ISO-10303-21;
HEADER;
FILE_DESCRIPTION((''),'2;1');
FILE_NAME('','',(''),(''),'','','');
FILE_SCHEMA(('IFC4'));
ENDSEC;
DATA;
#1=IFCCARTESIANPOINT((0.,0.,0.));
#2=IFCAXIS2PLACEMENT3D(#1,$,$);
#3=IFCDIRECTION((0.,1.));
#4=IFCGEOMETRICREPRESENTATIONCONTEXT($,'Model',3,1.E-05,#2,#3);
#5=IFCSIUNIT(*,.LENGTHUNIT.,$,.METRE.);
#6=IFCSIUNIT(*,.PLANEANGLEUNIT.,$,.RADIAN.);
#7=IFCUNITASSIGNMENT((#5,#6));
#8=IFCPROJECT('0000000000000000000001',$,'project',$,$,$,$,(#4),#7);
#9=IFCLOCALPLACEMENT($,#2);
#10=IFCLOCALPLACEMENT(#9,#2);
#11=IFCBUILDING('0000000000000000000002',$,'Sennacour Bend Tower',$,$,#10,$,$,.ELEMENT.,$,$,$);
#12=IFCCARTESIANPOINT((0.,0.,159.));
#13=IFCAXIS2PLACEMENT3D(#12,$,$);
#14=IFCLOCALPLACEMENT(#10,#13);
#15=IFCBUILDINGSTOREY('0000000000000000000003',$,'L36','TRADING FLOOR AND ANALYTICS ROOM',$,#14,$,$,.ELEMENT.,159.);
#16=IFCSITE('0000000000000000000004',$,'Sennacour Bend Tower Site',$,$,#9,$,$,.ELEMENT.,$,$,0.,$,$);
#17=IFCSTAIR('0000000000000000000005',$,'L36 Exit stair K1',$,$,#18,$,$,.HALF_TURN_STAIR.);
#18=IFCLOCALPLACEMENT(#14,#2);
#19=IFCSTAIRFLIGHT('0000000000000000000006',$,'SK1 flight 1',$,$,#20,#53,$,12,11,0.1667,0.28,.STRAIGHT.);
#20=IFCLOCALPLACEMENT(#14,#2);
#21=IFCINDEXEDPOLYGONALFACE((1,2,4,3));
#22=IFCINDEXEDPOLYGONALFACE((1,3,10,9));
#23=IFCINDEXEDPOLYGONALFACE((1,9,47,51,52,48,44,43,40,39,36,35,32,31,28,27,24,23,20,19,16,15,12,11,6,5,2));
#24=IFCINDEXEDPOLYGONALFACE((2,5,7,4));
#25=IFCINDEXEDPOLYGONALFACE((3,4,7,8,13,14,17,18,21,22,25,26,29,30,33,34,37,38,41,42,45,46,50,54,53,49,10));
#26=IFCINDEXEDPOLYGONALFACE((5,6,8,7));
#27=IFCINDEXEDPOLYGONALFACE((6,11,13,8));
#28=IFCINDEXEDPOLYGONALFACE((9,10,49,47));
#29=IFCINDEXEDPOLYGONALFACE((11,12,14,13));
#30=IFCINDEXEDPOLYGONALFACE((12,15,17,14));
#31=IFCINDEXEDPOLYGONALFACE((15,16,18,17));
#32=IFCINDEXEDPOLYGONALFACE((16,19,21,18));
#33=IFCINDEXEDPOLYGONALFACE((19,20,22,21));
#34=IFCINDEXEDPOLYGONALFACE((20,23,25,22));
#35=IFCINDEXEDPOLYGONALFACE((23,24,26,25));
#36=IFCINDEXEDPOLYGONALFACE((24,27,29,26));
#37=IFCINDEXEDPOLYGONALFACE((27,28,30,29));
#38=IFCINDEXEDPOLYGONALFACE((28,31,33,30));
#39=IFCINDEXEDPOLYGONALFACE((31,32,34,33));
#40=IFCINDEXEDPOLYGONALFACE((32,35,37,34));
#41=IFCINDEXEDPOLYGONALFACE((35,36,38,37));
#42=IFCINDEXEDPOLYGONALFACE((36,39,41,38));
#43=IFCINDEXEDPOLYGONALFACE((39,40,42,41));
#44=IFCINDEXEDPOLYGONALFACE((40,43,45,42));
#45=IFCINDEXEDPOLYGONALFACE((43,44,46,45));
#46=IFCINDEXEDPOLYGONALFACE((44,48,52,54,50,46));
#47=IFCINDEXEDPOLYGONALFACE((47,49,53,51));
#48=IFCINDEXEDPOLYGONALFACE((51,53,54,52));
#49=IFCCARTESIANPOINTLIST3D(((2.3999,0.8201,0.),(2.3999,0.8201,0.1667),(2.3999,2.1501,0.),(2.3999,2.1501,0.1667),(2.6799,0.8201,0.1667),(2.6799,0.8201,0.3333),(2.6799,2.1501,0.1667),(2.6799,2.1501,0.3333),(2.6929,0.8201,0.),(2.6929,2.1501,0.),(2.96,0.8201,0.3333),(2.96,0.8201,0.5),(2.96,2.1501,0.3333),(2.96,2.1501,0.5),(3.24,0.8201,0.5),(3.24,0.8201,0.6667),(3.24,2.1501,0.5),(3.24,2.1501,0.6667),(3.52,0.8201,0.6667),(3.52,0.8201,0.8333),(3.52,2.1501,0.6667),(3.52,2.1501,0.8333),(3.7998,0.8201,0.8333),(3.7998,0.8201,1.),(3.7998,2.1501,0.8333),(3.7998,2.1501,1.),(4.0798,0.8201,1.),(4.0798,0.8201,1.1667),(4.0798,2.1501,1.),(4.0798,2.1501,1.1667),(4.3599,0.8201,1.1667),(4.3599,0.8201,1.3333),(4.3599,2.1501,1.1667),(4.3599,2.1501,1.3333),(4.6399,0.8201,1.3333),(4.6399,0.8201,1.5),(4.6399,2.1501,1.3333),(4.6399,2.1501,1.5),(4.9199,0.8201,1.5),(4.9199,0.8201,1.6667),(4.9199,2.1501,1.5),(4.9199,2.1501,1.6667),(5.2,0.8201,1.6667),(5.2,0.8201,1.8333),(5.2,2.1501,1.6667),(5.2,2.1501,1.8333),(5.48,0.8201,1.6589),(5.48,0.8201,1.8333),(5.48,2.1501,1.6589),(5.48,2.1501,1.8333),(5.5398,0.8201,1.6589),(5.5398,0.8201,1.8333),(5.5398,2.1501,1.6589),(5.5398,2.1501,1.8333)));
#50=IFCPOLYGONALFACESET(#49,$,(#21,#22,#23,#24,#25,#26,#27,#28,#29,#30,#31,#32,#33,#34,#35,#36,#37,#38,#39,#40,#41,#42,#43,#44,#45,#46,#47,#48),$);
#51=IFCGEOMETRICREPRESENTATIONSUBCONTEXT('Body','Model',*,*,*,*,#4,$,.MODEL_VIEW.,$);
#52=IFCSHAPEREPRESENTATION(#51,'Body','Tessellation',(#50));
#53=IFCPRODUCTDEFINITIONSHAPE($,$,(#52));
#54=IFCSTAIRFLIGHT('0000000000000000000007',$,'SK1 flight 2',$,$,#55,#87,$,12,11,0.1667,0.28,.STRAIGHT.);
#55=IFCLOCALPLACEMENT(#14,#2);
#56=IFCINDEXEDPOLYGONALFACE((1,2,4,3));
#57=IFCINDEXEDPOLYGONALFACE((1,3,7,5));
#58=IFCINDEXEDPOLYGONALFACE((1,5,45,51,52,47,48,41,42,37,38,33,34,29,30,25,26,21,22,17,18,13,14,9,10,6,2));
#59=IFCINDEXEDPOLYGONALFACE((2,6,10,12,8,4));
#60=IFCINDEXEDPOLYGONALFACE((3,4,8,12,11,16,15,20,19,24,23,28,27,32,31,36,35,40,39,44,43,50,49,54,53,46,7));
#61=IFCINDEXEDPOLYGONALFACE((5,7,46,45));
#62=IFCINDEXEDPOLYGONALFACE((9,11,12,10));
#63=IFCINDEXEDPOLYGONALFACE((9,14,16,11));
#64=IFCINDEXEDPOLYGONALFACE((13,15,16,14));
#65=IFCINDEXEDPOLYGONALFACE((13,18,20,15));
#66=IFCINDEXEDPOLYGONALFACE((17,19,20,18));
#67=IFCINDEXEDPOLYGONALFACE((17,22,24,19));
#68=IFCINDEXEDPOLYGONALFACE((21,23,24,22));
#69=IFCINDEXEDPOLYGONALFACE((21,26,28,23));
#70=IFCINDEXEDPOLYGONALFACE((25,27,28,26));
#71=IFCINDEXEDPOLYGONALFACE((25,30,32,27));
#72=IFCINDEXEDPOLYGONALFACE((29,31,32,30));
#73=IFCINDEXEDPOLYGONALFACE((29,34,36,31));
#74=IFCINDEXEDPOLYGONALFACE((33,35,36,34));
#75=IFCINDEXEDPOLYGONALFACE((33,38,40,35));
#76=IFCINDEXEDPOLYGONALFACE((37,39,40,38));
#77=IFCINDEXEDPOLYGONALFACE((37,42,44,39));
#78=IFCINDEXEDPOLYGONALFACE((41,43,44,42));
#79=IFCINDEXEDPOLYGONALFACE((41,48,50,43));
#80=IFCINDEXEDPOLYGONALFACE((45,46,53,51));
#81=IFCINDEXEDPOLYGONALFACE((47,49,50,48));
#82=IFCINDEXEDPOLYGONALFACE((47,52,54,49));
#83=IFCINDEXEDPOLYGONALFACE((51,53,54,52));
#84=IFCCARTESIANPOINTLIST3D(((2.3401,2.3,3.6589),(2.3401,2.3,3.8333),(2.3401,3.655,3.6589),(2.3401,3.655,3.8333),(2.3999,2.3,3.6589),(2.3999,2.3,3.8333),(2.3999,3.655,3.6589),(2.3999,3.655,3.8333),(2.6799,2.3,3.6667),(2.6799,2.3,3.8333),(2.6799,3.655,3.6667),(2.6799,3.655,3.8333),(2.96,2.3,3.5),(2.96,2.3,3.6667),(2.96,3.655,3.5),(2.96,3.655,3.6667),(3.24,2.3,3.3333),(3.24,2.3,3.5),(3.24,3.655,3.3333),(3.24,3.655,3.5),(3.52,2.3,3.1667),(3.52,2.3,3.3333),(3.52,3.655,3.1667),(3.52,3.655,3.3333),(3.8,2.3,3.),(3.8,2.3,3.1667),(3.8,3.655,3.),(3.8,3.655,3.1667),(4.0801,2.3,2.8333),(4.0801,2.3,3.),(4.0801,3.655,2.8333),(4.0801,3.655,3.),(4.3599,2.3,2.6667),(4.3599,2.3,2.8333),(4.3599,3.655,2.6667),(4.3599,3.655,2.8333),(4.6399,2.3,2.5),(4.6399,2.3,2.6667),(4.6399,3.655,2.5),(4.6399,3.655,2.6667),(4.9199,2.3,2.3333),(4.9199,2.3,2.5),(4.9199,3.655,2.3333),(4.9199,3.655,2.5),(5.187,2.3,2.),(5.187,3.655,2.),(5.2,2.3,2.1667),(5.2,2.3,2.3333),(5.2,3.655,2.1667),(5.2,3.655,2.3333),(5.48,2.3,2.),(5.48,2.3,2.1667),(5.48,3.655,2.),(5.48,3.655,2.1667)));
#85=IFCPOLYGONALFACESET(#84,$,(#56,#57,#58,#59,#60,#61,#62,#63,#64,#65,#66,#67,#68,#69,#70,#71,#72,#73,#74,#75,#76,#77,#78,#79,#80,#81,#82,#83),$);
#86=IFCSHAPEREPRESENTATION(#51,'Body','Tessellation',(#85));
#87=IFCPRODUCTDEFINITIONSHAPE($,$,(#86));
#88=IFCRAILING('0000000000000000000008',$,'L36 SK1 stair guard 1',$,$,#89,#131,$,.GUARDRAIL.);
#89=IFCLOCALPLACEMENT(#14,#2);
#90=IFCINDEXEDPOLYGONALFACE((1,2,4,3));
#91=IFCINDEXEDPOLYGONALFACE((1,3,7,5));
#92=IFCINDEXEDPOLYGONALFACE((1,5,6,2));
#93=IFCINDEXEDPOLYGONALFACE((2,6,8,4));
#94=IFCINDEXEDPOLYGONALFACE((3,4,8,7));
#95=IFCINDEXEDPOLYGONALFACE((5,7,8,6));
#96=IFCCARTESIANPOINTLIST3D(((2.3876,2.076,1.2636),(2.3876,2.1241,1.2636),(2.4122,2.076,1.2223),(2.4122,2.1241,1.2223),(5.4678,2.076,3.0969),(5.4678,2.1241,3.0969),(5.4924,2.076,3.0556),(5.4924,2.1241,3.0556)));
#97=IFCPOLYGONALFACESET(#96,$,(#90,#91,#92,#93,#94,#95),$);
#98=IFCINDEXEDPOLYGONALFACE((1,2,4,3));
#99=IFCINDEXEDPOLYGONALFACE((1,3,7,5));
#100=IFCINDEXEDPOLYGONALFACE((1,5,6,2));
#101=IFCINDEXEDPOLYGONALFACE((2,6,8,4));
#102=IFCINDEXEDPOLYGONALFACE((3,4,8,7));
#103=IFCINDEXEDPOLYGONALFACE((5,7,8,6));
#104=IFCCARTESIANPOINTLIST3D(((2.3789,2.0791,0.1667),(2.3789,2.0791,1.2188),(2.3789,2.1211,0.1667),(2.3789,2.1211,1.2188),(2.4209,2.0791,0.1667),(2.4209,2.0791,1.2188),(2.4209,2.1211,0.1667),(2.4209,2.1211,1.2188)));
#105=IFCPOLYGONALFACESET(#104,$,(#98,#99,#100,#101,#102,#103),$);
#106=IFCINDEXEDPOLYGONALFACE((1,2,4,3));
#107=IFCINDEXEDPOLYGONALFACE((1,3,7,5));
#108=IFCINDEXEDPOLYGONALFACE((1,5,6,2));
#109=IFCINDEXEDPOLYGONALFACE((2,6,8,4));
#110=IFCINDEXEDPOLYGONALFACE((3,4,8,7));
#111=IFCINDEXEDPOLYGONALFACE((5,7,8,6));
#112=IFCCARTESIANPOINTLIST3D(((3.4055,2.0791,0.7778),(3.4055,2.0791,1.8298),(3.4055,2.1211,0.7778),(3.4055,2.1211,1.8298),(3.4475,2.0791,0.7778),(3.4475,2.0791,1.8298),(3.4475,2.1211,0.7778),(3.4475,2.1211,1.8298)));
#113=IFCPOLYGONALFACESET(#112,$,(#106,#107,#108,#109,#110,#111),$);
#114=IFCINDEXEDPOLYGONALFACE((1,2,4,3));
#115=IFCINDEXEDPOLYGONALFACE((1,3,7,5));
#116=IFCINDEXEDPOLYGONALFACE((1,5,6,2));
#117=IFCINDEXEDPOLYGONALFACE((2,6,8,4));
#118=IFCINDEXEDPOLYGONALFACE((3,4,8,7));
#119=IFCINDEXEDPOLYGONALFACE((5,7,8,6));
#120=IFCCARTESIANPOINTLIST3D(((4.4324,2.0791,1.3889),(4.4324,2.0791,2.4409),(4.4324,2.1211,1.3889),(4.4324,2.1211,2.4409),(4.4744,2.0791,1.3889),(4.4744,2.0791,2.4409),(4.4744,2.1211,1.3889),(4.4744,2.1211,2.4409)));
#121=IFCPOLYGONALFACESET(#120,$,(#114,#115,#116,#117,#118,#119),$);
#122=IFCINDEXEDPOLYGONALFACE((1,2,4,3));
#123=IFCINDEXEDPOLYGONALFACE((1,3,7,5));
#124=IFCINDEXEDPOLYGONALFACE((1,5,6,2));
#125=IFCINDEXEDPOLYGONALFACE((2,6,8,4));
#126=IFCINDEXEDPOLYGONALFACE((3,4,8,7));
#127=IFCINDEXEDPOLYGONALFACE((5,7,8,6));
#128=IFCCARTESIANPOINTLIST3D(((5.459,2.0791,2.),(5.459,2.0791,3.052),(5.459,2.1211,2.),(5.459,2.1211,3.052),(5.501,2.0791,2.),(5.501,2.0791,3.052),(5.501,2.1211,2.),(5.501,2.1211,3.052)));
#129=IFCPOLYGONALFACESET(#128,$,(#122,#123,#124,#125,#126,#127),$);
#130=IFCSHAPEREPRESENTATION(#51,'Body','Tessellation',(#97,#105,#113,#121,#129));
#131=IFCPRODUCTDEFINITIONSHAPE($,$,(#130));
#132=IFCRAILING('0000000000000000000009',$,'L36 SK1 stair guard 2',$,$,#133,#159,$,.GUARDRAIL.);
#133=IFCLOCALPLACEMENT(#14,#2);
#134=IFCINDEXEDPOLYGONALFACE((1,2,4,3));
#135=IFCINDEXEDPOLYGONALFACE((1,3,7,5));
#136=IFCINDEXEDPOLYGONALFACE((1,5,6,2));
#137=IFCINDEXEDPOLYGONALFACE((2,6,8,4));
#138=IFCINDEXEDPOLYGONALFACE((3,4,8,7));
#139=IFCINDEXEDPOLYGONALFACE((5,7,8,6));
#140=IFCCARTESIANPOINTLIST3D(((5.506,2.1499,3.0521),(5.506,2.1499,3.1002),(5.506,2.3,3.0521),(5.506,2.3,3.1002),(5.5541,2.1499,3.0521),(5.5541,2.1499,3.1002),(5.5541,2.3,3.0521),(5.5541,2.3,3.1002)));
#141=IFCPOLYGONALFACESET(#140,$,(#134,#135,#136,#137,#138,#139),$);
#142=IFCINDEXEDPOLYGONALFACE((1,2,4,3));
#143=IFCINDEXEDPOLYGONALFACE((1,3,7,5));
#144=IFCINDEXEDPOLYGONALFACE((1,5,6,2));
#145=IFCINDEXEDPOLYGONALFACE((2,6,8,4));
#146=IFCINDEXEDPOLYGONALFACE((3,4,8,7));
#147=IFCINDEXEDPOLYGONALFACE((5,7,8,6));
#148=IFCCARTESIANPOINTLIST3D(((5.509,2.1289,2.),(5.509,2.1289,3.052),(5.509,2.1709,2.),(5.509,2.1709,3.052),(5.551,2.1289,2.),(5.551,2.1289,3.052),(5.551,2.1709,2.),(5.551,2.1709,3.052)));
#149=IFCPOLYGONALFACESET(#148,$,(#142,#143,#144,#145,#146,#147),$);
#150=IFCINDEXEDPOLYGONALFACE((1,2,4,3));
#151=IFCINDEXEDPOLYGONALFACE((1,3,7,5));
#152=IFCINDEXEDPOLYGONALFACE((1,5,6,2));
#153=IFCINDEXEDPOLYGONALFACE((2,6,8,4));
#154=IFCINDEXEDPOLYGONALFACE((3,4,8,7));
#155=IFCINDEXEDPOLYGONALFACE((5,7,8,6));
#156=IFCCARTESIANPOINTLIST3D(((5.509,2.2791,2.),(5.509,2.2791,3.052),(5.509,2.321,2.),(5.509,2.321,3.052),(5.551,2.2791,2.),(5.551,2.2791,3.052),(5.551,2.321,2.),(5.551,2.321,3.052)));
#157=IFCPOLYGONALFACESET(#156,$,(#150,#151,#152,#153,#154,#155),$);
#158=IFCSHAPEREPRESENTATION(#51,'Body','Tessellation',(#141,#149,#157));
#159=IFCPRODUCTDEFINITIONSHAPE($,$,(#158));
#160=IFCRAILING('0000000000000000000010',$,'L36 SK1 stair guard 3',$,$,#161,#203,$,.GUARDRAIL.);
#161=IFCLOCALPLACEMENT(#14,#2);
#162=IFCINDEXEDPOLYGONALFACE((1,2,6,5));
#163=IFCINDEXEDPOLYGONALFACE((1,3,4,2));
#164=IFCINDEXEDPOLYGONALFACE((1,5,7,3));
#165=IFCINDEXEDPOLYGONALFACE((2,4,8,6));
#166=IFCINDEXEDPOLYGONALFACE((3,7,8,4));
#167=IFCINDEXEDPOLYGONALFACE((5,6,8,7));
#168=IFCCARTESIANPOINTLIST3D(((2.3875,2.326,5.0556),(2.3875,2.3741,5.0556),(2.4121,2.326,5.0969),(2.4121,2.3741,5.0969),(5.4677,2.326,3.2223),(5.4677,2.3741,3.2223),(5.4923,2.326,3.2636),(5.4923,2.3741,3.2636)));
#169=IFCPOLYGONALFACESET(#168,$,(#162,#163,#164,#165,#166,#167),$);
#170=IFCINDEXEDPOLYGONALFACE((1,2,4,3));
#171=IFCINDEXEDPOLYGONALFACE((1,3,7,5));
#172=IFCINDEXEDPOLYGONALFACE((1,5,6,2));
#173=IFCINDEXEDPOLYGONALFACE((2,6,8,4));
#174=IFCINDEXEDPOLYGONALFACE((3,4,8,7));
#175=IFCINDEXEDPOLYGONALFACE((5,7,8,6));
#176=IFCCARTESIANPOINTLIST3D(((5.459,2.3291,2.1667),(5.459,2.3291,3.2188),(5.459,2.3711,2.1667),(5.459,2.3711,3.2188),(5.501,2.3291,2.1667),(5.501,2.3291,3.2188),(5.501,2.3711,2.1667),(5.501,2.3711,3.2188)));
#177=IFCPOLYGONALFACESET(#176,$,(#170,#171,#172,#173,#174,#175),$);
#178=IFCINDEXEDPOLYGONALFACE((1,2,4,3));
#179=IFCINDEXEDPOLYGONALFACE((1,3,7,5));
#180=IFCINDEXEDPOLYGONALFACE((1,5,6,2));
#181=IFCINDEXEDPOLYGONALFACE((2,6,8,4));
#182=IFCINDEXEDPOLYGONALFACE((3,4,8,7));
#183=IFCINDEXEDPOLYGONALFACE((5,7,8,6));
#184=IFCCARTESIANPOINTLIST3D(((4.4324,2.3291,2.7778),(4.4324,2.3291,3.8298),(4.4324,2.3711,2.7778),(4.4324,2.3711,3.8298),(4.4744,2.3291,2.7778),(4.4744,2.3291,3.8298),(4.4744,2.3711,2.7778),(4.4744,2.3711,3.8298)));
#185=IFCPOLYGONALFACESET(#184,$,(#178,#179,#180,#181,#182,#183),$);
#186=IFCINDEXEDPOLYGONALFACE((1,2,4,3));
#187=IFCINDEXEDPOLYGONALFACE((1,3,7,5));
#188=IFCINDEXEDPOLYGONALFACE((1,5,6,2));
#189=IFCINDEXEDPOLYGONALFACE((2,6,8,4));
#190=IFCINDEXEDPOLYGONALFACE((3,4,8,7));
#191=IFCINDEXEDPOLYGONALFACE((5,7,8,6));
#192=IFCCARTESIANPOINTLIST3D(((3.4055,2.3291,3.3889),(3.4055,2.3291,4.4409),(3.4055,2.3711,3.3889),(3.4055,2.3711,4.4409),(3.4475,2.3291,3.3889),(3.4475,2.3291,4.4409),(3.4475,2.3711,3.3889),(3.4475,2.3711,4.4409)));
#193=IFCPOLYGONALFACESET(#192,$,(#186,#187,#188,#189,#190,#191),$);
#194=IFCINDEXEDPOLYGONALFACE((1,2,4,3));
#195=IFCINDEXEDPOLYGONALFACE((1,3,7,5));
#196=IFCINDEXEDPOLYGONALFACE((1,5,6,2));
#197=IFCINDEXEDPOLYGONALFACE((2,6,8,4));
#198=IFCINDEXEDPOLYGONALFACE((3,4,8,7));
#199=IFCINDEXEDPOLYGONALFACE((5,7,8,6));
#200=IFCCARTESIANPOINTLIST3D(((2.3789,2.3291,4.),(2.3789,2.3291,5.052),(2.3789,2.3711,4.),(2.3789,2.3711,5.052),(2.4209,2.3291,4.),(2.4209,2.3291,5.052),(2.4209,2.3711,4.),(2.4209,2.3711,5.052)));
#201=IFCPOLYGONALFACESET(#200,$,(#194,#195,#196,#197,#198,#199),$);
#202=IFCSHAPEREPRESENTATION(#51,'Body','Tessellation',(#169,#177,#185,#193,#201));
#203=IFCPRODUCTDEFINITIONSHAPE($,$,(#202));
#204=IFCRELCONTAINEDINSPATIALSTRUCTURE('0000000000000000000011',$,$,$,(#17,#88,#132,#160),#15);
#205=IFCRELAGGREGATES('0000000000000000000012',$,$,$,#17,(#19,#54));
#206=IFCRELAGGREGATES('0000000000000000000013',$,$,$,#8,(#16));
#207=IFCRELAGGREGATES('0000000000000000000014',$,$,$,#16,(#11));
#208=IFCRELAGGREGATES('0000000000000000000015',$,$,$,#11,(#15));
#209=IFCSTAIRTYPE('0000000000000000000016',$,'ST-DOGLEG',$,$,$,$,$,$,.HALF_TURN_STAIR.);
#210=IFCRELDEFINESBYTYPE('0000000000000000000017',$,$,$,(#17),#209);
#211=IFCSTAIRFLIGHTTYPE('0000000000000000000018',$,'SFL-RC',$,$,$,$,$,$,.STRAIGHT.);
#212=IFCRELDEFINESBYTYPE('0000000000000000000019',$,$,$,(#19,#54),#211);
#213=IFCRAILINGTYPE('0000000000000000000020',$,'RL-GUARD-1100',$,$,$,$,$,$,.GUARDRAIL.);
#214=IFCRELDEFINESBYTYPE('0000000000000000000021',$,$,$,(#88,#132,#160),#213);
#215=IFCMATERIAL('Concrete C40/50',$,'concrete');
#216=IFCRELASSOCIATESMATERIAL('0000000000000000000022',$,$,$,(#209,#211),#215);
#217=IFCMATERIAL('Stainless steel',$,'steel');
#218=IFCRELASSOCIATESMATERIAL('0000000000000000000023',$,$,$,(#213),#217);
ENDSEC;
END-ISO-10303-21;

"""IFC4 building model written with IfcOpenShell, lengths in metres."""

from ifc_helpers import new_model, si_unit, direction, frame, origin, origin_2d, place, context, subcontext, project, spatial, polyline, rectangle, outline, extrude, material, type_object, element, aggregate, save


model = new_model("IFC4")

# Units and contexts
model_context = context("Model", 3, precision=1e-05, world=origin(), true_north=direction((0.0, 1.0)))
body_context = subcontext(model_context, "Body", "Model", "MODEL_VIEW")
ifc_project = project(units=[si_unit("LENGTHUNIT", "METRE"), si_unit("PLANEANGLEUNIT", "RADIAN")], contexts=[model_context])

# Site, building, storey
site_placement = place(None, origin())
site = spatial("IfcSite", under=ifc_project, at=site_placement, Name="Sennacour Bend Tower Site", CompositionType="ELEMENT", RefElevation=0.0)
building_placement = place(site_placement, origin())
building = spatial("IfcBuilding", under=site, at=building_placement, Name="Sennacour Bend Tower", CompositionType="ELEMENT")
storey_placement = place(building_placement, frame((0.0, 0.0, 159.0)))
storey = spatial("IfcBuildingStorey", under=building, at=storey_placement, Name="L36", Description="TRADING FLOOR AND ANALYTICS ROOM", CompositionType="ELEMENT", Elevation=159.0)

# Stair, stair flights
ifc_material_1 = material(Name="Concrete C40/50", Category="concrete")
stair_type = type_object("IfcStairType", Name="ST-DOGLEG", PredefinedType="HALF_TURN_STAIR", material=ifc_material_1)
stair_placement = place(storey_placement, origin())
stair = element("IfcStair", 1, at=stair_placement, inside=storey, type_object=stair_type, Name="L36 Exit stair K1", PredefinedType="HALF_TURN_STAIR")
stair_flight_type = type_object("IfcStairFlightType", Name="SFL-RC", PredefinedType="STRAIGHT", material=ifc_material_1)
stair_flight_1_placement = place(storey_placement, frame((2.3999, 1.4851, 0.0), z_axis=(0.0, 0.0, 1.0), x_axis=(1.0, 0.0, 0.0)))
stair_flight_1 = element("IfcStairFlight", 2, at=stair_flight_1_placement, type_object=stair_flight_type, Name="SK1 flight 1", NumberOfRisers=12, NumberOfTreads=11, PredefinedType="STRAIGHT", RiserHeight=0.1667, TreadLength=0.28, context=body_context, shape_type="SweptSolid", body=[
    extrude(outline(polyline([(0.0, 0.0), (0.0, 0.1667), (0.28, 0.1667), (0.28, 0.3333), (0.5601, 0.3333), (0.5601, 0.5), (0.8401, 0.5), (0.8401, 0.6667), (1.1201, 0.6667), (1.1201, 0.8333), (1.3999, 0.8333), (1.3999, 1.0), (1.6799, 1.0), (1.6799, 1.1667), (1.96, 1.1667), (1.96, 1.3333), (2.24, 1.3333), (2.24, 1.5), (2.52, 1.5), (2.52, 1.6667), (2.8, 1.6667), (2.8, 1.8333), (3.0801, 1.8333), (3.1399, 1.8333), (3.1399, 1.6589), (3.0801, 1.6589), (0.293, 0.0), (0.0, 0.0)])), frame((0.0, 0.665, 0.0), z_axis=(0.0, -1.0, 0.0), x_axis=(1.0, 0.0, 0.0)), (0.0, 0.0, 1.0), 1.3301),
])
stair_flight_2_placement = place(storey_placement, frame((5.48, 2.9775, 2.0), z_axis=(0.0, 0.0, 1.0), x_axis=(-1.0, 0.0, 0.0)))
stair_flight_2 = element("IfcStairFlight", 3, at=stair_flight_2_placement, type_object=stair_flight_type, Name="SK1 flight 2", NumberOfRisers=12, NumberOfTreads=11, PredefinedType="STRAIGHT", RiserHeight=0.1667, TreadLength=0.28, context=body_context, shape_type="SweptSolid", body=[
    extrude(outline(polyline([(0.0, 0.0), (0.0, 0.1667), (0.28, 0.1667), (0.28, 0.3333), (0.5601, 0.3333), (0.5601, 0.5), (0.8401, 0.5), (0.8401, 0.6667), (1.1201, 0.6667), (1.1201, 0.8333), (1.3999, 0.8333), (1.3999, 1.0), (1.6799, 1.0), (1.6799, 1.1667), (1.96, 1.1667), (1.96, 1.3333), (2.24, 1.3333), (2.24, 1.5), (2.52, 1.5), (2.52, 1.6667), (2.8, 1.6667), (2.8, 1.8333), (3.0801, 1.8333), (3.1399, 1.8333), (3.1399, 1.6589), (3.0801, 1.6589), (0.293, 0.0), (0.0, 0.0)])), frame((0.0, 0.6775, 0.0), z_axis=(0.0, -1.0, 0.0), x_axis=(1.0, 0.0, 0.0)), (0.0, 0.0, 1.0), 1.355),
])
aggregate(stair, [stair_flight_1, stair_flight_2])

# Railings
ifc_material_2 = material(Name="Stainless steel", Category="steel")
railing_type_1 = type_object("IfcRailingType", Name="RL-GUARD-1100", PredefinedType="GUARDRAIL", material=ifc_material_2)
railing_1_placement = place(storey_placement, frame((2.3999, 2.1001, 0.1667)))
element("IfcRailing", 4, at=railing_1_placement, inside=storey, type_object=railing_type_1, Name="L36 SK1 stair guard 1", PredefinedType="GUARDRAIL", context=body_context, shape_type="SweptSolid", body=[
    extrude(rectangle(XDim=0.0481, YDim=0.0481, at=origin_2d()), frame((0.0, 0.0, 1.0762), z_axis=(0.859309, 0.0, 0.511458), x_axis=(0.0, 1.0, 0.0)), (0.0, 0.0, 1.0), 3.5845),
    extrude(rectangle(XDim=0.042, YDim=0.042, at=origin_2d()), origin(), (0.0, 0.0, 1.0), 1.052),
    extrude(rectangle(XDim=0.042, YDim=0.042, at=origin_2d()), frame((1.0266, 0.0, 0.6111)), (0.0, 0.0, 1.0), 1.052),
    extrude(rectangle(XDim=0.042, YDim=0.042, at=origin_2d()), frame((2.0535, 0.0, 1.2222)), (0.0, 0.0, 1.0), 1.052),
    extrude(rectangle(XDim=0.042, YDim=0.042, at=origin_2d()), frame((3.0801, 0.0, 1.8333)), (0.0, 0.0, 1.0), 1.052),
])
railing_2_placement = place(storey_placement, frame((5.53, 2.1499, 2.0)))
element("IfcRailing", 5, at=railing_2_placement, inside=storey, type_object=railing_type_1, Name="L36 SK1 stair guard 2", PredefinedType="GUARDRAIL", context=body_context, shape_type="SweptSolid", body=[
    extrude(rectangle(XDim=0.0481, YDim=0.0481, at=origin_2d()), frame((0.0, 0.0, 1.0762), z_axis=(0.0, 1.0, 0.0), x_axis=(-1.0, 0.0, 0.0)), (0.0, 0.0, 1.0), 0.1501),
    extrude(rectangle(XDim=0.042, YDim=0.042, at=origin_2d()), origin(), (0.0, 0.0, 1.0), 1.052),
    extrude(rectangle(XDim=0.042, YDim=0.042, at=origin_2d()), frame((0.0, 0.1501, 0.0)), (0.0, 0.0, 1.0), 1.052),
])
railing_3_placement = place(storey_placement, frame((5.48, 2.3501, 2.1667)))
element("IfcRailing", 6, at=railing_3_placement, inside=storey, type_object=railing_type_1, Name="L36 SK1 stair guard 3", PredefinedType="GUARDRAIL", context=body_context, shape_type="SweptSolid", body=[
    extrude(rectangle(XDim=0.0481, YDim=0.0481, at=origin_2d()), frame((0.0, 0.0, 1.0762), z_axis=(-0.859309, 0.0, 0.511458), x_axis=(0.0, -1.0, 0.0)), (0.0, 0.0, 1.0), 3.5845),
    extrude(rectangle(XDim=0.042, YDim=0.042, at=origin_2d()), origin(), (0.0, 0.0, 1.0), 1.052),
    extrude(rectangle(XDim=0.042, YDim=0.042, at=origin_2d()), frame((-1.0266, 0.0, 0.6111)), (0.0, 0.0, 1.0), 1.052),
    extrude(rectangle(XDim=0.042, YDim=0.042, at=origin_2d()), frame((-2.0535, 0.0, 1.2222)), (0.0, 0.0, 1.0), 1.052),
    extrude(rectangle(XDim=0.042, YDim=0.042, at=origin_2d()), frame((-3.0801, 0.0, 1.8333)), (0.0, 0.0, 1.0), 1.052),
])

save(model, "model.ifc")
